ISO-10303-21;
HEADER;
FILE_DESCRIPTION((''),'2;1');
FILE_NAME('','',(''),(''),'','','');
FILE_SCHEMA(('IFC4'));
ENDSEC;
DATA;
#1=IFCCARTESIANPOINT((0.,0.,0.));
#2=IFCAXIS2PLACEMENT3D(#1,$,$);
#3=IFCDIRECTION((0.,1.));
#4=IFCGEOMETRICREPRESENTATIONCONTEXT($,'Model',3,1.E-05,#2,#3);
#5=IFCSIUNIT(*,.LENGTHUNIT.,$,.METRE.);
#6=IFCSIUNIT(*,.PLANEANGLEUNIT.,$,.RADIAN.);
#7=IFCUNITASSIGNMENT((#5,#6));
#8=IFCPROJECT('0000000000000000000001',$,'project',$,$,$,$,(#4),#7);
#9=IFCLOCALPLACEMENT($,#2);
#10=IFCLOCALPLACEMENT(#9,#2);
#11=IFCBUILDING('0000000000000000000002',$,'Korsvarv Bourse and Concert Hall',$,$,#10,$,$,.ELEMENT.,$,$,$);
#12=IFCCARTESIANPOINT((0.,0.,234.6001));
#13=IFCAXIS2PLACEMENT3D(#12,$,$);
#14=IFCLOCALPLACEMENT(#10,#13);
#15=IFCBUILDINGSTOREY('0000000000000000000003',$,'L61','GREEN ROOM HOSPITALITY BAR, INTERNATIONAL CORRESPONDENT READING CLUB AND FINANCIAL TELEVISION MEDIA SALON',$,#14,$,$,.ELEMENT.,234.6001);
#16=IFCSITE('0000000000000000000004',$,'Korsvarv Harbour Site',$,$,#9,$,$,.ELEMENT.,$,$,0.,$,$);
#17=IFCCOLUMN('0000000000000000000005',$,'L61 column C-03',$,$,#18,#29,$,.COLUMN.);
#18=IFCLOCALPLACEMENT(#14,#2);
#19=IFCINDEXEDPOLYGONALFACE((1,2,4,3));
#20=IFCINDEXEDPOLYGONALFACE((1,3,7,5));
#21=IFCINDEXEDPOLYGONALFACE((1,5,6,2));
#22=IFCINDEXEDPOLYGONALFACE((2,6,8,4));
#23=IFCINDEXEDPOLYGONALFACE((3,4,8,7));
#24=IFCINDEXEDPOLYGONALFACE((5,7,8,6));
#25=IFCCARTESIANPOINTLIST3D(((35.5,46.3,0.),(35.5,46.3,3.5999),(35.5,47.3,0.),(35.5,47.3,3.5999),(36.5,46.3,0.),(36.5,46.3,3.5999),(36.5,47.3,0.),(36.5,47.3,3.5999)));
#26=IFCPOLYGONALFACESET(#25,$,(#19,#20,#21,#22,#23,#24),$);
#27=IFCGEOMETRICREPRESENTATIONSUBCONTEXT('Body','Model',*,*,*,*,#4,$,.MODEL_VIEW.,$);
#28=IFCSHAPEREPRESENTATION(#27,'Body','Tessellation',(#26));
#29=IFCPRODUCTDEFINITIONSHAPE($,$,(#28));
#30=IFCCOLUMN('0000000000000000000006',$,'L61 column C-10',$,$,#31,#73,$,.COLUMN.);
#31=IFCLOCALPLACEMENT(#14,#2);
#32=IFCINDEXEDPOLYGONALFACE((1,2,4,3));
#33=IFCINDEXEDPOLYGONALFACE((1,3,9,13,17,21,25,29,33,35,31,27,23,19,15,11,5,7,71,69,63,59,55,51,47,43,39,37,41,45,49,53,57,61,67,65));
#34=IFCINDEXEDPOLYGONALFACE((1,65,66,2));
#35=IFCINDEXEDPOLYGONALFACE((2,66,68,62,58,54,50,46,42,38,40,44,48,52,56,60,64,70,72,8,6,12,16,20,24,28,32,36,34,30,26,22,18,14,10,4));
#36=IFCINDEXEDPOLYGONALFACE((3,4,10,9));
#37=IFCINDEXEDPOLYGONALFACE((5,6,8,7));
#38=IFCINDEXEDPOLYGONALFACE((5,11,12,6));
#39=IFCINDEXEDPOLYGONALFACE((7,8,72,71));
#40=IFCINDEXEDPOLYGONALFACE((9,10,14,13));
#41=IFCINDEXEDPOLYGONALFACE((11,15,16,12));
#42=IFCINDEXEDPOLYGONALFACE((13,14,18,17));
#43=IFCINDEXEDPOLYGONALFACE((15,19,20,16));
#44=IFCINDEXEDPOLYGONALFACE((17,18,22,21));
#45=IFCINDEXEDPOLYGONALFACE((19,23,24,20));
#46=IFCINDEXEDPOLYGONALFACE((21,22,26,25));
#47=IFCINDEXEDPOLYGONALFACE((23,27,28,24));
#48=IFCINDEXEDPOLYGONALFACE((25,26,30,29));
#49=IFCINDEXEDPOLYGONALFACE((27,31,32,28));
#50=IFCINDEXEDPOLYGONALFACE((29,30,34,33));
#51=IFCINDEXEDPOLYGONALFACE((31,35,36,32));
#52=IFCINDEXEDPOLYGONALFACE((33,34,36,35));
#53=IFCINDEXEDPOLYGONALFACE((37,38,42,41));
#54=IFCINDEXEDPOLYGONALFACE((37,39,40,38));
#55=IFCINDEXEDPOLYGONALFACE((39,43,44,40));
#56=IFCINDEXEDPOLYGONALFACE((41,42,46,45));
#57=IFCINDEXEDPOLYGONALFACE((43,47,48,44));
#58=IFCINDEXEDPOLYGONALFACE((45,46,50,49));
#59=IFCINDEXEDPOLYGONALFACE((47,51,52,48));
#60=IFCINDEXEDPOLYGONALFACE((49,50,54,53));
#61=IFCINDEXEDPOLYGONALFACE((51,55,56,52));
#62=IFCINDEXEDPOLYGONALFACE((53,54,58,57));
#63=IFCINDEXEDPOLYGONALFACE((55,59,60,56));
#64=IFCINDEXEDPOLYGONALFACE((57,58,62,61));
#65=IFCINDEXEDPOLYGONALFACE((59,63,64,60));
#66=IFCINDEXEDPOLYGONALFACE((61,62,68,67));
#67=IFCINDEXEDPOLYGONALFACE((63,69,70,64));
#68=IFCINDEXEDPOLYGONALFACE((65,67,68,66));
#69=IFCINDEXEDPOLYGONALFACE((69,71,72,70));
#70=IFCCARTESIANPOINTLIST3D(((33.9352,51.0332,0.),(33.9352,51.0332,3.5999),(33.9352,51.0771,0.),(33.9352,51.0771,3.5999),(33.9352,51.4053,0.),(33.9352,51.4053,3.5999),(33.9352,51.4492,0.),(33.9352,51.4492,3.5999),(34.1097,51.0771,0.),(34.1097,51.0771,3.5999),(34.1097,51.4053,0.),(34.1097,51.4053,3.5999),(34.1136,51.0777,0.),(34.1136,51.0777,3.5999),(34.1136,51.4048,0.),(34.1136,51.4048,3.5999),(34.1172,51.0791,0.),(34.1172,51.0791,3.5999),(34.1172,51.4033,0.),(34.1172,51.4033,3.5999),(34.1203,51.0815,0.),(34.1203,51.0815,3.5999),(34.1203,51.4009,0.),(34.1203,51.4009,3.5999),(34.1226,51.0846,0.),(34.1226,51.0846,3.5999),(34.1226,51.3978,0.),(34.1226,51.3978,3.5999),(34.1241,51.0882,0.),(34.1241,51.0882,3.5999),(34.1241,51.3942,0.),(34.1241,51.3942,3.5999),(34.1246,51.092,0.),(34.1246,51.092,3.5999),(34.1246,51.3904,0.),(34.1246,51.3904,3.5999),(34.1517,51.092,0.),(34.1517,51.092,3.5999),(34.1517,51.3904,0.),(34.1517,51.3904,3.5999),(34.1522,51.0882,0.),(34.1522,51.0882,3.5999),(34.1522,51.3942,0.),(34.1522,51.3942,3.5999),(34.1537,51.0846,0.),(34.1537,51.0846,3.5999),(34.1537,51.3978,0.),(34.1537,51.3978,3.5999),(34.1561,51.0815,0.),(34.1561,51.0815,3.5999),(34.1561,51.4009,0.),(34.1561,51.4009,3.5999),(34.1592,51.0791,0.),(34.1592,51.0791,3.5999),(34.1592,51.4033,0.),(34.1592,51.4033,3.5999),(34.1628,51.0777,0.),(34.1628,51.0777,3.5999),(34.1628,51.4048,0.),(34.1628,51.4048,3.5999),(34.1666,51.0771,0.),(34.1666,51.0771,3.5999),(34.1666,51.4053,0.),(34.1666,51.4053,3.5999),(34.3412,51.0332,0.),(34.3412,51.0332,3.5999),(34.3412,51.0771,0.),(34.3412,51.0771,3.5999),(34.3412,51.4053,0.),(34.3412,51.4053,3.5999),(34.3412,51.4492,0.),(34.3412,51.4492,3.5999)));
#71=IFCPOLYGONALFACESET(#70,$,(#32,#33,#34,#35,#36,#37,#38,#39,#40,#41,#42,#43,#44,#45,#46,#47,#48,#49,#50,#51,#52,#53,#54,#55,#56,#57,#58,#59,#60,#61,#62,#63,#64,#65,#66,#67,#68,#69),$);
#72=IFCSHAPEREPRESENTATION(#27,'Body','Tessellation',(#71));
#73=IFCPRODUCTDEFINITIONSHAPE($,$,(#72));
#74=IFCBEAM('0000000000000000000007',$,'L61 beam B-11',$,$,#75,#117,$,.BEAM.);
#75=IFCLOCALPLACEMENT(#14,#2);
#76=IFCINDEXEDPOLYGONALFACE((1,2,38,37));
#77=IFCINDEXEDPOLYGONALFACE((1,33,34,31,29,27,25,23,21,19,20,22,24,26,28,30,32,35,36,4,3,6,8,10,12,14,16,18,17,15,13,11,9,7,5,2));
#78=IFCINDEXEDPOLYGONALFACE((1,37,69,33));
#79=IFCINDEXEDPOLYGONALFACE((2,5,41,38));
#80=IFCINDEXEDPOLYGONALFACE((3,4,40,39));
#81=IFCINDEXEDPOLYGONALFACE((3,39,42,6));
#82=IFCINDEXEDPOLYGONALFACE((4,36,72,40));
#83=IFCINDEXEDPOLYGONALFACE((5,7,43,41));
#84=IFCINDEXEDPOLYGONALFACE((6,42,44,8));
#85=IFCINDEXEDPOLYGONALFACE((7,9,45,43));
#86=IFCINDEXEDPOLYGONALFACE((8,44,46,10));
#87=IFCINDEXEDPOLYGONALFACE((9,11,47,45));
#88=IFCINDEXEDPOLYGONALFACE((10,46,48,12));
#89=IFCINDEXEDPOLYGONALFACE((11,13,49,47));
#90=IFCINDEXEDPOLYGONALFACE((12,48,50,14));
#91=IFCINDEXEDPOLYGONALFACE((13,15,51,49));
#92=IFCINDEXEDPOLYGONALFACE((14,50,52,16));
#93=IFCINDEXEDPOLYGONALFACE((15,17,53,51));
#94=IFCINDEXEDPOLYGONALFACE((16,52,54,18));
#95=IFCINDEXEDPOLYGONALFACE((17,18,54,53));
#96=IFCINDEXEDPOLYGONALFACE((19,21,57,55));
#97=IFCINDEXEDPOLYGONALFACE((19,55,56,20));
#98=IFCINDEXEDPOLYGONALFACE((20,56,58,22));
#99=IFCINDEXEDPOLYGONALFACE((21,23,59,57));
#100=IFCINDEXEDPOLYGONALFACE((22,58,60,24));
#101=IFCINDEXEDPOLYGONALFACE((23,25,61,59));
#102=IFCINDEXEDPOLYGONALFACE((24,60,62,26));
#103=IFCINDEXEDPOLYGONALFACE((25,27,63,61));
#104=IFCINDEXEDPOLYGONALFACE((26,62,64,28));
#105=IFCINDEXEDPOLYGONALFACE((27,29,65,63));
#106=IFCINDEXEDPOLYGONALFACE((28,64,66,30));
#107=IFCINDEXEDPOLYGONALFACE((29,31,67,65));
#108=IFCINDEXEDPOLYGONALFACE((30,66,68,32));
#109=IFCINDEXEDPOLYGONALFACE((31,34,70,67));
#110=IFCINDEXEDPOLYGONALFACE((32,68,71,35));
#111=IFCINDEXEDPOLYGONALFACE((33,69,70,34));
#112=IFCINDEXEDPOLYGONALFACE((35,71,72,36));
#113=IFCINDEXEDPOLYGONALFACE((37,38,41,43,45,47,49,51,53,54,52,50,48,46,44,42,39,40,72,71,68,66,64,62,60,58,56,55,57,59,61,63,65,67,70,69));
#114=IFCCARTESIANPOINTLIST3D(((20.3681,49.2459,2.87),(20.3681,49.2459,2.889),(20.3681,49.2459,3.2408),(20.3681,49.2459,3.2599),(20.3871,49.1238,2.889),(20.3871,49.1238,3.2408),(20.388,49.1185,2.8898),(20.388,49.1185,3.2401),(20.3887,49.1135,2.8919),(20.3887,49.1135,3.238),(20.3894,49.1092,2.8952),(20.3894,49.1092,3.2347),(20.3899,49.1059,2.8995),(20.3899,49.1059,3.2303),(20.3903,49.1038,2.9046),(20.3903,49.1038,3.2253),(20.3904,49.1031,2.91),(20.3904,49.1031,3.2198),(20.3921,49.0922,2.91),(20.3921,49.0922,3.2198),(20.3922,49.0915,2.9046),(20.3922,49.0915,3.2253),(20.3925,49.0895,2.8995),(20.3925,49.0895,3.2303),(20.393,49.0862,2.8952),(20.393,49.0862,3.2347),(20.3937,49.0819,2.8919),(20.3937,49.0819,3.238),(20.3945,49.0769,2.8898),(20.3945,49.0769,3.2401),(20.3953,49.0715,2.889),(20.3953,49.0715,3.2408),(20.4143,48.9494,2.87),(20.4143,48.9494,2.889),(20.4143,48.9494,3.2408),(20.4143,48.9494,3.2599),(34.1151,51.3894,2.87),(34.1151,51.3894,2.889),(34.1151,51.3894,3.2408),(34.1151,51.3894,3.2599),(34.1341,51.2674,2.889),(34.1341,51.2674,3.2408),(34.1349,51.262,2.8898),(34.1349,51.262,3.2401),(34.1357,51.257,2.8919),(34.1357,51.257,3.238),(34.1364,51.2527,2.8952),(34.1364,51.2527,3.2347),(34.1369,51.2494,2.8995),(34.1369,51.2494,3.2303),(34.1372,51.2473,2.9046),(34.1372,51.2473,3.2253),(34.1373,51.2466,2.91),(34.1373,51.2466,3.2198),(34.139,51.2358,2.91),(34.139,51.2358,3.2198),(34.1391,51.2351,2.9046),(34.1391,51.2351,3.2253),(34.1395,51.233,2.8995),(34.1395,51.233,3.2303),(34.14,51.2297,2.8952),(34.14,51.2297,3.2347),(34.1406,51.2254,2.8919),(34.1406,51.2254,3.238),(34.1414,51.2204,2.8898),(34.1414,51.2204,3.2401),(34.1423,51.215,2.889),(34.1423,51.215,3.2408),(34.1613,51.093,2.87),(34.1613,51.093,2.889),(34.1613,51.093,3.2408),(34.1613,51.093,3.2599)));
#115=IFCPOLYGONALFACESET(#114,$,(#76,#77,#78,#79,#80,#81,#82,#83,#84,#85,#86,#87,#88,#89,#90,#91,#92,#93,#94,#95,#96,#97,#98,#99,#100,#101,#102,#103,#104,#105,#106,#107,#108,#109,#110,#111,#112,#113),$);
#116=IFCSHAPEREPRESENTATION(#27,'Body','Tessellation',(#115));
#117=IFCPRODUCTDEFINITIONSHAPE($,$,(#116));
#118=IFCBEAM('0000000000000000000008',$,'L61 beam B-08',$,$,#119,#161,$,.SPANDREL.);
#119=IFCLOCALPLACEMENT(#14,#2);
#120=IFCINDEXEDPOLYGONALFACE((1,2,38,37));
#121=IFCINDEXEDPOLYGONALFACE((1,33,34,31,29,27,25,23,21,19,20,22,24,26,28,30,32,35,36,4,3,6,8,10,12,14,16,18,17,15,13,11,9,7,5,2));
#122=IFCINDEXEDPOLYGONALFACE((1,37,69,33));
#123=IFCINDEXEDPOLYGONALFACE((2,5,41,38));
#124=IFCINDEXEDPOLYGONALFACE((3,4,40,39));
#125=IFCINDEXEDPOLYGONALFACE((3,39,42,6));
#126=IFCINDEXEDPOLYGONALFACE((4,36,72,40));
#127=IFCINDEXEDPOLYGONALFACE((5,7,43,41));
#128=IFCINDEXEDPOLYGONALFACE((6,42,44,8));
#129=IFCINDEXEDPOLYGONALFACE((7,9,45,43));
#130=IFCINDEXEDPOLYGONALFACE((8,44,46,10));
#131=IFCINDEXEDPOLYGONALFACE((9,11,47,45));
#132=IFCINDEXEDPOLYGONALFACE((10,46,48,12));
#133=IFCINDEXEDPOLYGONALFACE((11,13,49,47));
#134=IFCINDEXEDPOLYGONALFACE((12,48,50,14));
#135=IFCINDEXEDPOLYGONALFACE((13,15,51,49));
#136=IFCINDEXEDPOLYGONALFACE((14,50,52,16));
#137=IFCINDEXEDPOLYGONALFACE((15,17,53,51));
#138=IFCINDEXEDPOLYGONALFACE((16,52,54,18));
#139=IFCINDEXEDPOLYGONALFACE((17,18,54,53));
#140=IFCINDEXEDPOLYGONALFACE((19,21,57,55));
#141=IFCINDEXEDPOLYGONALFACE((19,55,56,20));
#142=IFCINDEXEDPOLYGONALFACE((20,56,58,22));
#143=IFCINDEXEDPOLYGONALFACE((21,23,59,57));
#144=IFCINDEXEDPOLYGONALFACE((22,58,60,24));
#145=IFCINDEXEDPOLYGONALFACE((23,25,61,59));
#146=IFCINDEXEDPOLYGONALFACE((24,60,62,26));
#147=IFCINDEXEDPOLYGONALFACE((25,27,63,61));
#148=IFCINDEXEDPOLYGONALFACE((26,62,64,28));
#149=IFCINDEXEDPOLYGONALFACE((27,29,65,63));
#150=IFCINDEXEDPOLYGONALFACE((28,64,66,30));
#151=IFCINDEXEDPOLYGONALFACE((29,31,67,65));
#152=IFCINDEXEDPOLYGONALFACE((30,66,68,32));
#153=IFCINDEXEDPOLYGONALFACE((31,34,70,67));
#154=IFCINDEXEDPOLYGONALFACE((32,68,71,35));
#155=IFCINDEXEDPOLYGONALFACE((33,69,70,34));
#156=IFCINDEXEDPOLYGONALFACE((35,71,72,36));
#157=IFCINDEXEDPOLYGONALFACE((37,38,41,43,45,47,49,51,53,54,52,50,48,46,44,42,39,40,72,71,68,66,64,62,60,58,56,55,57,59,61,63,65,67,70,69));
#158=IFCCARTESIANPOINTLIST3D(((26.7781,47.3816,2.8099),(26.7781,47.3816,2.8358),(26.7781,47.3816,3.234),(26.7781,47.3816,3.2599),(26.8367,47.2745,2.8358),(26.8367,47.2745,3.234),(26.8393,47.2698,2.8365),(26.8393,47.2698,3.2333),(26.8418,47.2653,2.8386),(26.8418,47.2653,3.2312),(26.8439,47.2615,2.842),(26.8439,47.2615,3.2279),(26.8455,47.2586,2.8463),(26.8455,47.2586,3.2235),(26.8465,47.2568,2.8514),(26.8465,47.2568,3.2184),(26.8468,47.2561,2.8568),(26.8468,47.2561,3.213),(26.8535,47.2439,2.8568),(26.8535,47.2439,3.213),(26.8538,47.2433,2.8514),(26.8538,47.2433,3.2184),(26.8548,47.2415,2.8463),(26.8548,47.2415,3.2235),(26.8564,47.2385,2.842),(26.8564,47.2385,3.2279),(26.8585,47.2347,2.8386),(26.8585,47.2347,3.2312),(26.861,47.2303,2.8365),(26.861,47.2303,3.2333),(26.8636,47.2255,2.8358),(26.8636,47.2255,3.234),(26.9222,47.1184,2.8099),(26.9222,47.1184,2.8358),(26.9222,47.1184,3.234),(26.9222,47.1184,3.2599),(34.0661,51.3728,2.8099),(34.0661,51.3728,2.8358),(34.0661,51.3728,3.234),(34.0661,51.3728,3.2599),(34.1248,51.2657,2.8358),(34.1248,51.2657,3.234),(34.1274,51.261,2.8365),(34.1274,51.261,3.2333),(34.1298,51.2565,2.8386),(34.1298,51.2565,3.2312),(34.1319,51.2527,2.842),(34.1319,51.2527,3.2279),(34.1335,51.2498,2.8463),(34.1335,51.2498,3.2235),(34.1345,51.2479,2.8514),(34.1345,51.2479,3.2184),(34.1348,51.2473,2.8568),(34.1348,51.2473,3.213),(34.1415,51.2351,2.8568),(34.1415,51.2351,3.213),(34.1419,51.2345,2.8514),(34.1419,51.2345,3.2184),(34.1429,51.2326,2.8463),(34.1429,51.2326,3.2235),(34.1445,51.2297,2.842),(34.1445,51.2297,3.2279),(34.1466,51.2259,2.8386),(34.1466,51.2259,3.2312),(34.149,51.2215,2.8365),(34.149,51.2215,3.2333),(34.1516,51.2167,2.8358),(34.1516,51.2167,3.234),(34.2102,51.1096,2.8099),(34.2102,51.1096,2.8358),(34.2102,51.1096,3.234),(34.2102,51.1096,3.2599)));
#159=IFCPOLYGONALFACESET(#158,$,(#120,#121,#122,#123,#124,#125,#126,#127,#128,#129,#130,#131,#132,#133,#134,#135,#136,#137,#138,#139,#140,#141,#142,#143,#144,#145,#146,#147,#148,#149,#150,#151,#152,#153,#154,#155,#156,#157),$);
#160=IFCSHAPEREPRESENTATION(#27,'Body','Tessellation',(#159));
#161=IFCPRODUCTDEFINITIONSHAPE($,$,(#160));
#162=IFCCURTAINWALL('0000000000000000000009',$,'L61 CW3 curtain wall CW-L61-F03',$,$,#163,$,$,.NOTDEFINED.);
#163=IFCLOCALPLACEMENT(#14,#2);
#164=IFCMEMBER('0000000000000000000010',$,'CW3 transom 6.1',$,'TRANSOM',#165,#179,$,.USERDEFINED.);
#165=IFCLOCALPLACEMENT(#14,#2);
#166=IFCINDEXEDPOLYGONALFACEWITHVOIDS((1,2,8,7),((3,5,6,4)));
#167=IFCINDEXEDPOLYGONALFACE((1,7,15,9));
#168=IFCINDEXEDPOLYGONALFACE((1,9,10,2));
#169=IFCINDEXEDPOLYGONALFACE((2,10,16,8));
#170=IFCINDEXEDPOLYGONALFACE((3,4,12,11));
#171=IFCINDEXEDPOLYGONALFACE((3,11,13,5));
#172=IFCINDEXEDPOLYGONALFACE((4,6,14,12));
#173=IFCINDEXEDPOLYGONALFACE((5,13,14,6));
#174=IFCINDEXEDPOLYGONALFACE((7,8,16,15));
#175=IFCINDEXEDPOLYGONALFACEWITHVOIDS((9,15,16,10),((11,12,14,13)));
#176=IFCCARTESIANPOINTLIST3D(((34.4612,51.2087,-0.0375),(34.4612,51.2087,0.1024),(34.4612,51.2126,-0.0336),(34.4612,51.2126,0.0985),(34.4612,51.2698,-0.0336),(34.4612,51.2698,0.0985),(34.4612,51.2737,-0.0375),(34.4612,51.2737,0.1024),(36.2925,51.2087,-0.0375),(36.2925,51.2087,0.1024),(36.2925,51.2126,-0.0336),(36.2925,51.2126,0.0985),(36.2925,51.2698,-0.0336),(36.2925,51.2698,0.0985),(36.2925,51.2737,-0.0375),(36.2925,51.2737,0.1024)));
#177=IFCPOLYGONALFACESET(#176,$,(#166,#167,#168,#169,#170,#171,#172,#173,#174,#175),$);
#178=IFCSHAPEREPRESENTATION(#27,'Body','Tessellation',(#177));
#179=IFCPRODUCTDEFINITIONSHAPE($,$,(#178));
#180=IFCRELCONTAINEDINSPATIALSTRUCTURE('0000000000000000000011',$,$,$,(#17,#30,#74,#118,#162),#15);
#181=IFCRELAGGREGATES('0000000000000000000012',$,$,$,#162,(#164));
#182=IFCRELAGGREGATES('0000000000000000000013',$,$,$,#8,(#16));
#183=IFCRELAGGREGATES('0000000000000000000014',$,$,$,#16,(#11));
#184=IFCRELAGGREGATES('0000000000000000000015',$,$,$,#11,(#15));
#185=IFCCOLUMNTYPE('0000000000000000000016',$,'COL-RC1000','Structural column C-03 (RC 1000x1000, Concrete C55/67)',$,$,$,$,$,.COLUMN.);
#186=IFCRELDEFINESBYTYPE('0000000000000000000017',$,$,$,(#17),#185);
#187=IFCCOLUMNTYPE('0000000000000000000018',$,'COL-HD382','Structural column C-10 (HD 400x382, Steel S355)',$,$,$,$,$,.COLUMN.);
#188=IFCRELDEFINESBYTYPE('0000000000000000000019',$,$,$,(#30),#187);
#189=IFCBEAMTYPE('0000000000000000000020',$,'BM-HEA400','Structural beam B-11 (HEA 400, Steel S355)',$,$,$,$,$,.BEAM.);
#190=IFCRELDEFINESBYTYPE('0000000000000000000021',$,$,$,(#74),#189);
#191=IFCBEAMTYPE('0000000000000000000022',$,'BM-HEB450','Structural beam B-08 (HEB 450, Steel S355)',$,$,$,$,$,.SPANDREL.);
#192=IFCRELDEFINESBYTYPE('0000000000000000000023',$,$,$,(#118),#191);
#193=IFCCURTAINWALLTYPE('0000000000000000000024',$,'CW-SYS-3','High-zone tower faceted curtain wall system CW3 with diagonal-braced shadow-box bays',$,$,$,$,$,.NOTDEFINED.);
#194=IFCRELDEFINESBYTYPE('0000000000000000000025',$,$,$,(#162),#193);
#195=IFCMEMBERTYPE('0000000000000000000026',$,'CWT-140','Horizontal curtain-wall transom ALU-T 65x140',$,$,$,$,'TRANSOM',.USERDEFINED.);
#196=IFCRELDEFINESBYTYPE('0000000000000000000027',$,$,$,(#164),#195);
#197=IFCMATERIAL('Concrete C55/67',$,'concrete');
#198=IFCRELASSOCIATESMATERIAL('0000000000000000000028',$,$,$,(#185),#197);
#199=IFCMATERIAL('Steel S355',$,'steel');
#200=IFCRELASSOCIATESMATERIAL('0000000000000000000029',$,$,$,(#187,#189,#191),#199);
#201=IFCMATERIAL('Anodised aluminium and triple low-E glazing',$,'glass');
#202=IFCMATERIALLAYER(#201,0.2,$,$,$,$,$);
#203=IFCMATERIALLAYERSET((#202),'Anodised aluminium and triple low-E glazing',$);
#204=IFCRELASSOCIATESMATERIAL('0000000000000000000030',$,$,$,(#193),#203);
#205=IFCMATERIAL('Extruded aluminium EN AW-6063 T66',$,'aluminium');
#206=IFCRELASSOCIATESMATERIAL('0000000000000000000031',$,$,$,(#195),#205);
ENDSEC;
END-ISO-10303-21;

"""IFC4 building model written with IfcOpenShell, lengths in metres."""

from ifc_helpers import new_model, si_unit, direction, frame, origin, origin_2d, place, context, subcontext, project, spatial, rectangle, hollow_rectangle, i_section, extrude, source, transform, mapped, material, layer, layer_set, material_profile, profile_set, type_object, element, aggregate, save


model = new_model("IFC4")

# Units and contexts
model_context = context("Model", 3, precision=1e-05, world=origin(), true_north=direction((0.0, 1.0)))
body_context = subcontext(model_context, "Body", "Model", "MODEL_VIEW")
ifc_project = project(units=[si_unit("LENGTHUNIT", "METRE"), si_unit("PLANEANGLEUNIT", "RADIAN")], contexts=[model_context])

# Site, building, storey
site_placement = place(None, origin())
site = spatial("IfcSite", under=ifc_project, at=site_placement, Name="Korsvarv Harbour Site", CompositionType="ELEMENT", RefElevation=0.0)
building_placement = place(site_placement, origin())
building = spatial("IfcBuilding", under=site, at=building_placement, Name="Korsvarv Bourse and Concert Hall", CompositionType="ELEMENT")
storey_placement = place(building_placement, frame((0.0, 0.0, 234.6001)))
storey = spatial("IfcBuildingStorey", under=building, at=storey_placement, Name="L61", Description="GREEN ROOM HOSPITALITY BAR, INTERNATIONAL CORRESPONDENT READING CLUB AND FINANCIAL TELEVISION MEDIA SALON", CompositionType="ELEMENT", Elevation=234.6001)

# Columns
ifc_material_1 = material(Name="Concrete C55/67", Category="concrete")
ifc_material_profile_1 = material_profile(ifc_material_1, rectangle(XDim=1.0, YDim=1.0, at=origin_2d()), Name="RC 1000x1000")
ifc_profile_set_1 = profile_set([ifc_material_profile_1], Name="Concrete C55/67")
column_type_1 = type_object("IfcColumnType", Name="COL-RC1000", Description="Structural column C-03 (RC 1000x1000, Concrete C55/67)", PredefinedType="COLUMN", material=ifc_profile_set_1)
shared_shape_1 = source(origin(), body_context, "Body", "SweptSolid", [
    extrude(rectangle(XDim=1.0, YDim=1.0, at=origin_2d()), origin(), (0.0, 0.0, 1.0), 3.5999),
])
column_1_placement = place(storey_placement, frame((36.0, 46.8, 0.0), z_axis=(0.0, 0.0, 1.0), x_axis=(1.0, 0.0, 0.0)))
element("IfcColumn", 1, at=column_1_placement, inside=storey, type_object=column_type_1, Name="L61 column C-03", PredefinedType="COLUMN", context=body_context, shape_type="MappedRepresentation", body=[
    mapped(shared_shape_1, transform((0.0, 0.0, 0.0), scale=1.0)),
])
ifc_material_2 = material(Name="Steel S355", Category="steel")
ifc_material_profile_2 = material_profile(ifc_material_2, i_section(OverallWidth=0.406, OverallDepth=0.416, WebThickness=0.0271, FlangeThickness=0.0439, FilletRadius=0.0149, at=origin_2d()), Name="HD 400x382")
ifc_profile_set_2 = profile_set([ifc_material_profile_2], Name="Steel S355")
column_type_2 = type_object("IfcColumnType", Name="COL-HD382", Description="Structural column C-10 (HD 400x382, Steel S355)", PredefinedType="COLUMN", material=ifc_profile_set_2)
shared_shape_2 = source(origin(), body_context, "Body", "SweptSolid", [
    extrude(i_section(OverallWidth=0.406, OverallDepth=0.416, WebThickness=0.0271, FlangeThickness=0.0439, FilletRadius=0.0149, at=origin_2d()), origin(), (0.0, 0.0, 1.0), 3.5999),
])
column_2_placement = place(storey_placement, frame((34.1382, 51.2412, 0.0), z_axis=(0.0, 0.0, 1.0), x_axis=(1.0, 0.0, 0.0)))
element("IfcColumn", 2, at=column_2_placement, inside=storey, type_object=column_type_2, Name="L61 column C-10", PredefinedType="COLUMN", context=body_context, shape_type="MappedRepresentation", body=[
    mapped(shared_shape_2, transform((0.0, 0.0, 0.0), scale=1.0)),
])

# Beams
ifc_material_profile_3 = material_profile(ifc_material_2, i_section(OverallWidth=0.3, OverallDepth=0.3899, WebThickness=0.011, FlangeThickness=0.019, FilletRadius=0.021, at=origin_2d()), Name="HEA 400")
ifc_profile_set_3 = profile_set([ifc_material_profile_3], Name="Steel S355")
beam_type_1 = type_object("IfcBeamType", Name="BM-HEA400", Description="Structural beam B-11 (HEA 400, Steel S355)", PredefinedType="BEAM", material=ifc_profile_set_3)
shared_shape_3 = source(origin(), body_context, "Body", "SweptSolid", [
    extrude(i_section(OverallWidth=0.3, OverallDepth=0.3899, WebThickness=0.011, FlangeThickness=0.019, FilletRadius=0.021, at=origin_2d()), origin(), (0.0, 0.0, 1.0), 13.9131),
])
beam_1_placement = place(storey_placement, frame((34.1382, 51.2412, 3.0649), z_axis=(-0.98806, -0.154066, 0.0), x_axis=(0.154066, -0.98806, 0.0)))
element("IfcBeam", 3, at=beam_1_placement, inside=storey, type_object=beam_type_1, Name="L61 beam B-11", PredefinedType="BEAM", context=body_context, shape_type="MappedRepresentation", body=[
    mapped(shared_shape_3, transform((0.0, 0.0, 0.0), scale=1.0)),
])
ifc_material_profile_4 = material_profile(ifc_material_2, i_section(OverallWidth=0.3, OverallDepth=0.45, WebThickness=0.0139, FlangeThickness=0.0259, FilletRadius=0.021, at=origin_2d()), Name="HEB 450")
ifc_profile_set_4 = profile_set([ifc_material_profile_4], Name="Steel S355")
beam_type_2 = type_object("IfcBeamType", Name="BM-HEB450", Description="Structural beam B-08 (HEB 450, Steel S355)", PredefinedType="SPANDREL", material=ifc_profile_set_4)
shared_shape_4 = source(origin(), body_context, "Body", "SweptSolid", [
    extrude(i_section(OverallWidth=0.3, OverallDepth=0.45, WebThickness=0.0139, FlangeThickness=0.0259, FilletRadius=0.021, at=origin_2d()), origin(), (0.0, 0.0, 1.0), 8.3093),
])
beam_2_placement = place(storey_placement, frame((34.1382, 51.2412, 3.0349), z_axis=(-0.87709, -0.480325, 0.0), x_axis=(0.480325, -0.87709, 0.0)))
element("IfcBeam", 4, at=beam_2_placement, inside=storey, type_object=beam_type_2, Name="L61 beam B-08", PredefinedType="SPANDREL", context=body_context, shape_type="MappedRepresentation", body=[
    mapped(shared_shape_4, transform((0.0, 0.0, 0.0), scale=1.0)),
])

# Curtain wall, member
ifc_material_3 = material(Name="Anodised aluminium and triple low-E glazing", Category="glass")
ifc_layer_1 = layer(ifc_material_3, 0.2)
ifc_layer_set_1 = layer_set([ifc_layer_1], Name="Anodised aluminium and triple low-E glazing")
curtain_wall_type = type_object("IfcCurtainWallType", Name="CW-SYS-3", Description="High-zone tower faceted curtain wall system CW3 with diagonal-braced shadow-box bays", PredefinedType="NOTDEFINED", material=ifc_layer_set_1)
curtain_wall_placement = place(storey_placement, origin())
curtain_wall = element("IfcCurtainWall", 5, at=curtain_wall_placement, inside=storey, type_object=curtain_wall_type, Name="L61 CW3 curtain wall CW-L61-F03", PredefinedType="NOTDEFINED")
ifc_material_4 = material(Name="Extruded aluminium EN AW-6063 T66", Category="aluminium")
ifc_material_profile_5 = material_profile(ifc_material_4, hollow_rectangle(XDim=0.0649, YDim=0.1399, WallThickness=0.0039, at=origin_2d()), Name="ALU-T 65x140")
ifc_profile_set_5 = profile_set([ifc_material_profile_5], Name="Extruded aluminium EN AW-6063 T66")
member_type_1 = type_object("IfcMemberType", Name="CWT-140", Description="Horizontal curtain-wall transom ALU-T 65x140", ElementType="TRANSOM", PredefinedType="USERDEFINED", material=ifc_profile_set_5)
shared_shape_5 = source(origin(), body_context, "Body", "SweptSolid", [
    extrude(hollow_rectangle(XDim=0.0649, YDim=0.1399, WallThickness=0.0039, at=origin_2d()), origin(), (0.0, 0.0, 1.0), 1.8313),
])
member_1_placement = place(storey_placement, frame((36.2925, 51.2412, 0.0325), z_axis=(-1.0, 0.0, 0.0), x_axis=(0.0, -1.0, 0.0)))
member_1 = element("IfcMember", 6, at=member_1_placement, type_object=member_type_1, Name="CW3 transom 6.1", ObjectType="TRANSOM", PredefinedType="USERDEFINED", context=body_context, shape_type="MappedRepresentation", body=[
    mapped(shared_shape_5, transform((0.0, 0.0, 0.0), scale=1.0)),
])
aggregate(curtain_wall, [member_1])

save(model, "model.ifc")
